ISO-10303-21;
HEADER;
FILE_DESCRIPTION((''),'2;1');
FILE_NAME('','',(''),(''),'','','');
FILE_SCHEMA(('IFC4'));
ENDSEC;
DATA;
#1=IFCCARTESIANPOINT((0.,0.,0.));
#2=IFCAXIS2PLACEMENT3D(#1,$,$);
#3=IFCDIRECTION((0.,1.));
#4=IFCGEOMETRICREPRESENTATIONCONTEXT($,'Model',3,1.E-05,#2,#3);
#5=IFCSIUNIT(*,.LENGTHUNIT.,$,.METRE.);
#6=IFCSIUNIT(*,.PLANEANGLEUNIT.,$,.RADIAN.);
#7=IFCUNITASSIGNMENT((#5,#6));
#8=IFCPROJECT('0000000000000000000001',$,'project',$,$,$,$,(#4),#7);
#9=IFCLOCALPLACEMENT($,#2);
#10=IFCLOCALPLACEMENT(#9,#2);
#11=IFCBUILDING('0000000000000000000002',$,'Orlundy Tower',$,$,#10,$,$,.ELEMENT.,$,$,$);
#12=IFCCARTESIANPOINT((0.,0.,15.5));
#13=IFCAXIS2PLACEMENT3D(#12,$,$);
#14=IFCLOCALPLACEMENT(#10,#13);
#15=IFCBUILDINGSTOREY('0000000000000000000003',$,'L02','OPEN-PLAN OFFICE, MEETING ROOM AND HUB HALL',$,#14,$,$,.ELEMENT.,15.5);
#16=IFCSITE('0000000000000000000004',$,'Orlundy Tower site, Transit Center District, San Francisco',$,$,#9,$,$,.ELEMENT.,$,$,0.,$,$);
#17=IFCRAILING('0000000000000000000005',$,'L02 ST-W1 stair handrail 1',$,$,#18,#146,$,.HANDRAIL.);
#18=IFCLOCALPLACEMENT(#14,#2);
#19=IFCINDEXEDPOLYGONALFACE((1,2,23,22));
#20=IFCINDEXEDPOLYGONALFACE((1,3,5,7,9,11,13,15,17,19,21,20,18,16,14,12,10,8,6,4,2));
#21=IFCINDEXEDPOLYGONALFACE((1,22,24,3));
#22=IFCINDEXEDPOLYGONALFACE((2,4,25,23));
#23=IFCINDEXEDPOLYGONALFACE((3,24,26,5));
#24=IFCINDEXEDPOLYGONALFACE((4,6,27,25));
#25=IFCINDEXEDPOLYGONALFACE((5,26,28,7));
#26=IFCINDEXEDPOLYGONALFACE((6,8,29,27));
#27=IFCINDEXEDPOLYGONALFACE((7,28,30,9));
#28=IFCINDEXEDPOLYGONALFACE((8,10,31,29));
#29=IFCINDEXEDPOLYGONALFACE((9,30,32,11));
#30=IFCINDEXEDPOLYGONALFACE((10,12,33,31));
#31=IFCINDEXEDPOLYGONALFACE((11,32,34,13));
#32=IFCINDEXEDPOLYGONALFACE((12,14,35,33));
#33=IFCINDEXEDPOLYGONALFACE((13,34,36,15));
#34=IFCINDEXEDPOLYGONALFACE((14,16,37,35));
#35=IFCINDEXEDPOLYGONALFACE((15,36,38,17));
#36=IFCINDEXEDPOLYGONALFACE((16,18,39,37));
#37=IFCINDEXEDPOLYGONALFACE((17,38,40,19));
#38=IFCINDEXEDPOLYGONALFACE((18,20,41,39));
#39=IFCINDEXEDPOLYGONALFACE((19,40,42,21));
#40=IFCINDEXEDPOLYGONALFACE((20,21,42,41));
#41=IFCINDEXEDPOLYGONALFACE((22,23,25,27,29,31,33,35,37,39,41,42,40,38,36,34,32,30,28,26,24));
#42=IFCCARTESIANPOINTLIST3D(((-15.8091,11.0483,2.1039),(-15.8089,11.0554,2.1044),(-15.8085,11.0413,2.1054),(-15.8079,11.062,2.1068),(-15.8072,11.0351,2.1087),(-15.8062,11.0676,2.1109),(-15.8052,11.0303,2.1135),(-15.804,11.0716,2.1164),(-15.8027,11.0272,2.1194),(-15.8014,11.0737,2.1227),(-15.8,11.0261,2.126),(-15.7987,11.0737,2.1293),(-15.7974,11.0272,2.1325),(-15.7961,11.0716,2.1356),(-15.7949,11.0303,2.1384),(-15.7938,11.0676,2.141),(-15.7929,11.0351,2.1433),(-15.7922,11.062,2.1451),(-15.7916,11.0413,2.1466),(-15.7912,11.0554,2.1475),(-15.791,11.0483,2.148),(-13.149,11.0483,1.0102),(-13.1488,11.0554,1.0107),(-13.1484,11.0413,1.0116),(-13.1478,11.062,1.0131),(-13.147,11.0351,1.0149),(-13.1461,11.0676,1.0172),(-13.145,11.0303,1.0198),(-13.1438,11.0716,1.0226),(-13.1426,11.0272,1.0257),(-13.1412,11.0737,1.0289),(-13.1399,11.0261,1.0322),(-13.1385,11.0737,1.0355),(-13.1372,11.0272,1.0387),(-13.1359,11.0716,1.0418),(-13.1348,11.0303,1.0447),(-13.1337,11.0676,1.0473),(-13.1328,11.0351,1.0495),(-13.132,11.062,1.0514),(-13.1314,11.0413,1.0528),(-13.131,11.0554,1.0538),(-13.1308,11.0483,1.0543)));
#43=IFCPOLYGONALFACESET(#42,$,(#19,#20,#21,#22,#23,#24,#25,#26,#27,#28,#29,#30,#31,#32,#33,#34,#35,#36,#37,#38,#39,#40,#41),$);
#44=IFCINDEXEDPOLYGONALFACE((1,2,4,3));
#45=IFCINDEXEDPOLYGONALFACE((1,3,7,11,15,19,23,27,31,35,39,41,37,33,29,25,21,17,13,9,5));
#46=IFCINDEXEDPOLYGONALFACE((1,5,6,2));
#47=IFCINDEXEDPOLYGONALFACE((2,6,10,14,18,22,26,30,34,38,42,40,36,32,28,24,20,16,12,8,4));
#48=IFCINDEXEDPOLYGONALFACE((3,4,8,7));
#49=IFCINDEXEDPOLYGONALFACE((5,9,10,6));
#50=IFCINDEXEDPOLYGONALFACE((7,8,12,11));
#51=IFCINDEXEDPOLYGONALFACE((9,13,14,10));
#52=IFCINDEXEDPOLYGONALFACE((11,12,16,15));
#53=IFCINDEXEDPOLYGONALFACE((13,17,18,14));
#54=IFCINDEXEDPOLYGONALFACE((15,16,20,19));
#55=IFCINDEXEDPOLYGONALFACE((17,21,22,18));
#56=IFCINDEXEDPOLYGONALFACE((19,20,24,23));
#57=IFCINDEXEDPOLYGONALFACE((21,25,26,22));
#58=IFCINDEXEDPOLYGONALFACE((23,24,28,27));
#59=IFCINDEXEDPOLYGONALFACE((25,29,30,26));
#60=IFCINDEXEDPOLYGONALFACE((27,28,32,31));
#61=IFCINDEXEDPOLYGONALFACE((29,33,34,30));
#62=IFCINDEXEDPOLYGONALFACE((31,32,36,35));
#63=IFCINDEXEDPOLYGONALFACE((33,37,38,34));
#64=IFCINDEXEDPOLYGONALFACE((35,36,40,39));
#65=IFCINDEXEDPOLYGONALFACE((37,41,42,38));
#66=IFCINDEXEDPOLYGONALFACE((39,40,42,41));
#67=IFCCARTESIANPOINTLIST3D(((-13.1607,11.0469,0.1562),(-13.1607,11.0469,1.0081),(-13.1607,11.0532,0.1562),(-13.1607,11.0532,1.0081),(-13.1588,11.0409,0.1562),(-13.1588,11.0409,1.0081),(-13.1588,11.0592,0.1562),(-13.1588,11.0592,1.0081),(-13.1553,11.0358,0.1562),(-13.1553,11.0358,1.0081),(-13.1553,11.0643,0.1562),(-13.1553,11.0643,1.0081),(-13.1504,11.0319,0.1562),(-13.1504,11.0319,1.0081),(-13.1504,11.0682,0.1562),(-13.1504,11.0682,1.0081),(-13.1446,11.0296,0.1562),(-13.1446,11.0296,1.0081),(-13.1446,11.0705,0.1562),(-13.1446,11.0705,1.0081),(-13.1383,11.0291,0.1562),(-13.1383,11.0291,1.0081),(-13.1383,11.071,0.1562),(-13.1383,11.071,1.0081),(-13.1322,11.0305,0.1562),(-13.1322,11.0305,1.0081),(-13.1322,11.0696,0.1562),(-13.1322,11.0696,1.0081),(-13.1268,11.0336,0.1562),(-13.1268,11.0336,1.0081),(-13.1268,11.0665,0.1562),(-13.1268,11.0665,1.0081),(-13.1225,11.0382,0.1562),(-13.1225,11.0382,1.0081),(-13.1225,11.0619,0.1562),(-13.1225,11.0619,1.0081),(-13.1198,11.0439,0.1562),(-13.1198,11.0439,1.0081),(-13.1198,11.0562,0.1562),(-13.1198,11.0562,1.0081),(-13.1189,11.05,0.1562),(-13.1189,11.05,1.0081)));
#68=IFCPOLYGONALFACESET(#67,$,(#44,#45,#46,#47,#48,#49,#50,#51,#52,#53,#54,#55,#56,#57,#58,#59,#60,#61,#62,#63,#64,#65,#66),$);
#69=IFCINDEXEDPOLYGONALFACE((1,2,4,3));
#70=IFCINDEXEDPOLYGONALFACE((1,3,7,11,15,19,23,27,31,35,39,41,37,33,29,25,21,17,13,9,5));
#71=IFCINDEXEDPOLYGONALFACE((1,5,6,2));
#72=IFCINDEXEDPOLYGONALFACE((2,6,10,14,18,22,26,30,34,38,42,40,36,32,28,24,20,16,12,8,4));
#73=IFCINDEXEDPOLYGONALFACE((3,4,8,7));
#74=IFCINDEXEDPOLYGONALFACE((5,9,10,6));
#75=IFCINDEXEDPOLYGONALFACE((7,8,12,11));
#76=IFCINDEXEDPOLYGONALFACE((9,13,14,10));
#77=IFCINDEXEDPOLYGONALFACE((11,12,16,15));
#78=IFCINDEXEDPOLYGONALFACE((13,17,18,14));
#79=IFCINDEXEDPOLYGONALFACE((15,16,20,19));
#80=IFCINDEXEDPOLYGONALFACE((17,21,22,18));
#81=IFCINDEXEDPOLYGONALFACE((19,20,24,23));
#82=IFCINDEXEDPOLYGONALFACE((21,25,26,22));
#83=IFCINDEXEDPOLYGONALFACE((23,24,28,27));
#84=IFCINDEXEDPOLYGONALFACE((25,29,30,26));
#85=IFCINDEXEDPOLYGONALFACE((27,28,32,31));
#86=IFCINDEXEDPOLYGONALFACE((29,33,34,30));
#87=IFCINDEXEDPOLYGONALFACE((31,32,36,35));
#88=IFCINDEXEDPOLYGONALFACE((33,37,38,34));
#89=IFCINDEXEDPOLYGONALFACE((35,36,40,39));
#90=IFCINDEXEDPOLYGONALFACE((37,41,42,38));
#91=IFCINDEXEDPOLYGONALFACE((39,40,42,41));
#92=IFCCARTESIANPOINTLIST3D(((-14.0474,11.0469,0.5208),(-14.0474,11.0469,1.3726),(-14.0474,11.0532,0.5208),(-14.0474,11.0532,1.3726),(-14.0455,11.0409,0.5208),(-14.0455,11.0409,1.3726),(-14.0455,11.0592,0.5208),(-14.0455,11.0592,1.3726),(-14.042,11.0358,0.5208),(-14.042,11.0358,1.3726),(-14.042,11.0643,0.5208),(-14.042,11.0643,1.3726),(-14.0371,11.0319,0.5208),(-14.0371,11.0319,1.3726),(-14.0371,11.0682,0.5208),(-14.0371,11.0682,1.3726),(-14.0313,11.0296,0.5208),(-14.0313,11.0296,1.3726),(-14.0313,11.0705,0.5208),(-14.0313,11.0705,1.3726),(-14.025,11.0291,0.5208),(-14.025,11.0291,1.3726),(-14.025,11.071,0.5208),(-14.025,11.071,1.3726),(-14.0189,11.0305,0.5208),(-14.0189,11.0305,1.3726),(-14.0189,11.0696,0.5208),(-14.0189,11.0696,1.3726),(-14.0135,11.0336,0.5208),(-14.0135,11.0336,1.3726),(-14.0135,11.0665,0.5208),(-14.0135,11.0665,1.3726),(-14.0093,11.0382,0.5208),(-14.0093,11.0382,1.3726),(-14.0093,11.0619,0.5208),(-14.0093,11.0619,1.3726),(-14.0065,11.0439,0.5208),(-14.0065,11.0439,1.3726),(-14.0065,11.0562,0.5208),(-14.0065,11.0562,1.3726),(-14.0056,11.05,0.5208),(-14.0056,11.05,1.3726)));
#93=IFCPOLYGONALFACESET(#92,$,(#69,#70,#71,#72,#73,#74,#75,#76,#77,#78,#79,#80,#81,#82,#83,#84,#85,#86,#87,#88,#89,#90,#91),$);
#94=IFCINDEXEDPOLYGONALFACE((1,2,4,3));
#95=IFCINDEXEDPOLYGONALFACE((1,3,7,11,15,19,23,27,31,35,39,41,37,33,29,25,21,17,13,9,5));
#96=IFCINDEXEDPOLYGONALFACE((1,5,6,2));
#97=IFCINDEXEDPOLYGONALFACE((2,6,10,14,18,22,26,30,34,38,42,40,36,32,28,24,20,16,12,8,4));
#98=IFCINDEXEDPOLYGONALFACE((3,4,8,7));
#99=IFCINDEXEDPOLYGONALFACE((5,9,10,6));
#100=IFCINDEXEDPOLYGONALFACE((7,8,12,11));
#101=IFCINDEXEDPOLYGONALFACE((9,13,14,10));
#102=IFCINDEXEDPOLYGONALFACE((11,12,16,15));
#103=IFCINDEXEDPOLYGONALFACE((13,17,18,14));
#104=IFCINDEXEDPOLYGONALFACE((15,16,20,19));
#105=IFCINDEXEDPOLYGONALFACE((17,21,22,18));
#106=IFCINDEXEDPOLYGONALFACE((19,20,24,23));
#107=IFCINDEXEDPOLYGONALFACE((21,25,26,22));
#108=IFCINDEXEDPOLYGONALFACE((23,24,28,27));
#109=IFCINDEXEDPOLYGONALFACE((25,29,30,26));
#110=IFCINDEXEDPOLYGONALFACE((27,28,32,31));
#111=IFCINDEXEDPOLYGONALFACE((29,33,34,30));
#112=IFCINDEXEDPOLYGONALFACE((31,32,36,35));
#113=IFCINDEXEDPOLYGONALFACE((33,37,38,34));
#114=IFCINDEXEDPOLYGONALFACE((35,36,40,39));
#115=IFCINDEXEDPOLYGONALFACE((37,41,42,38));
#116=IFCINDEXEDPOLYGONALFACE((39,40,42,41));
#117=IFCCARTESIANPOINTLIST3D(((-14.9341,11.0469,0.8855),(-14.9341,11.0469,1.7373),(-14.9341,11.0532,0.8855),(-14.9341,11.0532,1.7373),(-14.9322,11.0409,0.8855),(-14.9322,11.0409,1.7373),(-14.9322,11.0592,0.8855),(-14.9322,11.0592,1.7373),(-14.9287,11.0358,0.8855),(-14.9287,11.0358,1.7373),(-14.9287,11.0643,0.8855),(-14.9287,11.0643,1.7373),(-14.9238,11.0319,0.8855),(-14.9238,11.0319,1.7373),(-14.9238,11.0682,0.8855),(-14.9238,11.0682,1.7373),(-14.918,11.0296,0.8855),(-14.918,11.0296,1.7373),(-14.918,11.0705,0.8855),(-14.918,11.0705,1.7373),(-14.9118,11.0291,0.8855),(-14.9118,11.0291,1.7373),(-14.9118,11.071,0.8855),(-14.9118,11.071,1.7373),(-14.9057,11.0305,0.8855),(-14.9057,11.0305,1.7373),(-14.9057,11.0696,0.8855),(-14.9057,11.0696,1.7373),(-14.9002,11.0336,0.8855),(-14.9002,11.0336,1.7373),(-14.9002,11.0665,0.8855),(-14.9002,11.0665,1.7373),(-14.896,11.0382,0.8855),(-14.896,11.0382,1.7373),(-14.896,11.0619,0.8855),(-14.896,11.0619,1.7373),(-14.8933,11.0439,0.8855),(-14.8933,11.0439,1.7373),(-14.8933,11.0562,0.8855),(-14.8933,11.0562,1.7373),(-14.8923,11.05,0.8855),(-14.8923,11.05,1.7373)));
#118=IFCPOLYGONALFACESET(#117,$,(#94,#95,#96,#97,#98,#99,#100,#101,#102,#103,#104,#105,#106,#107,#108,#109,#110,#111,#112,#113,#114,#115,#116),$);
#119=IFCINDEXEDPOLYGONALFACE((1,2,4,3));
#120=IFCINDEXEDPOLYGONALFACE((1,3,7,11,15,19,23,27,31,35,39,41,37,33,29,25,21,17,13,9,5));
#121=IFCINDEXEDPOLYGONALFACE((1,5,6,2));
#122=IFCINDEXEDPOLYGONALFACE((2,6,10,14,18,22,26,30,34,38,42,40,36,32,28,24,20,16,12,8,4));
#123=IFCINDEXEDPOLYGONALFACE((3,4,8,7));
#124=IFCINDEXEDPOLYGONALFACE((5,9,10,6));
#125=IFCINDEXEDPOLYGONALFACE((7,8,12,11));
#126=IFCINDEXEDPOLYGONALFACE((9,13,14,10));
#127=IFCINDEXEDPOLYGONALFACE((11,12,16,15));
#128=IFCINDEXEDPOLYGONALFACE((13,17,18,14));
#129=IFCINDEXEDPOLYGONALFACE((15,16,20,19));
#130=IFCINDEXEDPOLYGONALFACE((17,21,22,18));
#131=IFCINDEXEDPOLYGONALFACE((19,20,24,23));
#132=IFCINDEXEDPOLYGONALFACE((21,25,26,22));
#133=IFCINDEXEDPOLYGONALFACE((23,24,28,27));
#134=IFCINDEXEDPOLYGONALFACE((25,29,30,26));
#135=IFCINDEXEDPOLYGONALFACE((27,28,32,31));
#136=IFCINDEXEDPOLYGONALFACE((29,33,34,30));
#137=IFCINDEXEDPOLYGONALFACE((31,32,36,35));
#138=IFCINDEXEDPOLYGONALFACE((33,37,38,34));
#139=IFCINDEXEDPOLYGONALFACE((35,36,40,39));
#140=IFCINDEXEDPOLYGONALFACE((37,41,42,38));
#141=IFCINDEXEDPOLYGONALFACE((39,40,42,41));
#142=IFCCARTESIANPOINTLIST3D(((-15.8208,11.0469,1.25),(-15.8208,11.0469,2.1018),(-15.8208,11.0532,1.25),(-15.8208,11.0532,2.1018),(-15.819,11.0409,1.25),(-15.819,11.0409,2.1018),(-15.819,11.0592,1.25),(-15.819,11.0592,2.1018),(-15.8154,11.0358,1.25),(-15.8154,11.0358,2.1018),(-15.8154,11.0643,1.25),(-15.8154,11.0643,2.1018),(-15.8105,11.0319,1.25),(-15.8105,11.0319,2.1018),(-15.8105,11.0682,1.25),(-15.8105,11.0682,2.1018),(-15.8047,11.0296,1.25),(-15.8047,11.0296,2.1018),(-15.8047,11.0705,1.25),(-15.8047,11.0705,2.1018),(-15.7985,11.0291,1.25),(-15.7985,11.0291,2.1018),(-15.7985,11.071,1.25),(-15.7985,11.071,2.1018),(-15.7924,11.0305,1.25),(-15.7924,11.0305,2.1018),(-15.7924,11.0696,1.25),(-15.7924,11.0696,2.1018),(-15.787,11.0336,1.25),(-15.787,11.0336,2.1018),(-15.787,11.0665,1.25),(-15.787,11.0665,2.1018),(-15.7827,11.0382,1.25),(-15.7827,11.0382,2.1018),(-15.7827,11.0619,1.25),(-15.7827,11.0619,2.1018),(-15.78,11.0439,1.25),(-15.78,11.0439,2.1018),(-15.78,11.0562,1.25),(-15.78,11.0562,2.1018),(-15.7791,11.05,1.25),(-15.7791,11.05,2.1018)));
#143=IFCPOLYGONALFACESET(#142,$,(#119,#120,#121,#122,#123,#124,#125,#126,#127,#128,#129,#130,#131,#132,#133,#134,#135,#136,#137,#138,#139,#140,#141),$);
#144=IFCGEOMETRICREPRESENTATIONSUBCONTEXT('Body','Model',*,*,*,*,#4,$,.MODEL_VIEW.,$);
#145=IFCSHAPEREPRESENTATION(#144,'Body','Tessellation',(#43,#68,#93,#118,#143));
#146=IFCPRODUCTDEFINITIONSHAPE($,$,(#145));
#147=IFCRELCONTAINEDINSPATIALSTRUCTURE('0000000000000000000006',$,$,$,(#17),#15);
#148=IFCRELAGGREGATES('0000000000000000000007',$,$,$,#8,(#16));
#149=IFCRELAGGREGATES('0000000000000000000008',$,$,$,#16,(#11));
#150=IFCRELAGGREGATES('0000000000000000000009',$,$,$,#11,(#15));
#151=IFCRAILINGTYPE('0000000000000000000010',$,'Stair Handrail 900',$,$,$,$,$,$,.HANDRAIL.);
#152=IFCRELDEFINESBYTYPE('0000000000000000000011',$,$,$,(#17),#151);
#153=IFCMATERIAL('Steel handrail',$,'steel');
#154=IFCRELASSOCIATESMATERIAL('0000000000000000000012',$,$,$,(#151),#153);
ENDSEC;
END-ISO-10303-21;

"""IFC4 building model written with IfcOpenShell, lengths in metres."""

from ifc_helpers import new_model, si_unit, direction, frame, origin, origin_2d, place, context, subcontext, project, spatial, circle, extrude, material, type_object, element, save


model = new_model("IFC4")

# Units and contexts
model_context = context("Model", 3, precision=1e-05, world=origin(), true_north=direction((0.0, 1.0)))
body_context = subcontext(model_context, "Body", "Model", "MODEL_VIEW")
ifc_project = project(units=[si_unit("LENGTHUNIT", "METRE"), si_unit("PLANEANGLEUNIT", "RADIAN")], contexts=[model_context])

# Site, building, storey
site_placement = place(None, origin())
site = spatial("IfcSite", under=ifc_project, at=site_placement, Name="Orlundy Tower site, Transit Center District, San Francisco", CompositionType="ELEMENT", RefElevation=0.0)
building_placement = place(site_placement, origin())
building = spatial("IfcBuilding", under=site, at=building_placement, Name="Orlundy Tower", CompositionType="ELEMENT")
storey_placement = place(building_placement, frame((0.0, 0.0, 15.5)))
storey = spatial("IfcBuildingStorey", under=building, at=storey_placement, Name="L02", Description="OPEN-PLAN OFFICE, MEETING ROOM AND HUB HALL", CompositionType="ELEMENT", Elevation=15.5)

# Railing
ifc_material_1 = material(Name="Steel handrail", Category="steel")
railing_type_1 = type_object("IfcRailingType", Name="Stair Handrail 900", PredefinedType="HANDRAIL", material=ifc_material_1)
railing_1_placement = place(storey_placement, frame((-13.1399, 11.05, 0.1562)))
element("IfcRailing", 1, at=railing_1_placement, inside=storey, type_object=railing_type_1, Name="L02 ST-W1 stair handrail 1", PredefinedType="HANDRAIL", context=body_context, shape_type="SweptSolid", body=[
    extrude(circle(Radius=0.0239, at=origin_2d()), frame((0.0, 0.0, 0.876), z_axis=(-0.924875, 0.0, 0.380272), x_axis=(0.0, -1.0, 0.0)), (0.0, 0.0, 1.0), 2.8762),
    extrude(circle(Radius=0.021, at=origin_2d()), origin(), (0.0, 0.0, 1.0), 0.8518),
    extrude(circle(Radius=0.021, at=origin_2d()), frame((-0.8867, 0.0, 0.3645)), (0.0, 0.0, 1.0), 0.8518),
    extrude(circle(Radius=0.021, at=origin_2d()), frame((-1.7734, 0.0, 0.7292)), (0.0, 0.0, 1.0), 0.8518),
    extrude(circle(Radius=0.021, at=origin_2d()), frame((-2.6602, 0.0, 1.0938)), (0.0, 0.0, 1.0), 0.8518),
])

save(model, "model.ifc")
